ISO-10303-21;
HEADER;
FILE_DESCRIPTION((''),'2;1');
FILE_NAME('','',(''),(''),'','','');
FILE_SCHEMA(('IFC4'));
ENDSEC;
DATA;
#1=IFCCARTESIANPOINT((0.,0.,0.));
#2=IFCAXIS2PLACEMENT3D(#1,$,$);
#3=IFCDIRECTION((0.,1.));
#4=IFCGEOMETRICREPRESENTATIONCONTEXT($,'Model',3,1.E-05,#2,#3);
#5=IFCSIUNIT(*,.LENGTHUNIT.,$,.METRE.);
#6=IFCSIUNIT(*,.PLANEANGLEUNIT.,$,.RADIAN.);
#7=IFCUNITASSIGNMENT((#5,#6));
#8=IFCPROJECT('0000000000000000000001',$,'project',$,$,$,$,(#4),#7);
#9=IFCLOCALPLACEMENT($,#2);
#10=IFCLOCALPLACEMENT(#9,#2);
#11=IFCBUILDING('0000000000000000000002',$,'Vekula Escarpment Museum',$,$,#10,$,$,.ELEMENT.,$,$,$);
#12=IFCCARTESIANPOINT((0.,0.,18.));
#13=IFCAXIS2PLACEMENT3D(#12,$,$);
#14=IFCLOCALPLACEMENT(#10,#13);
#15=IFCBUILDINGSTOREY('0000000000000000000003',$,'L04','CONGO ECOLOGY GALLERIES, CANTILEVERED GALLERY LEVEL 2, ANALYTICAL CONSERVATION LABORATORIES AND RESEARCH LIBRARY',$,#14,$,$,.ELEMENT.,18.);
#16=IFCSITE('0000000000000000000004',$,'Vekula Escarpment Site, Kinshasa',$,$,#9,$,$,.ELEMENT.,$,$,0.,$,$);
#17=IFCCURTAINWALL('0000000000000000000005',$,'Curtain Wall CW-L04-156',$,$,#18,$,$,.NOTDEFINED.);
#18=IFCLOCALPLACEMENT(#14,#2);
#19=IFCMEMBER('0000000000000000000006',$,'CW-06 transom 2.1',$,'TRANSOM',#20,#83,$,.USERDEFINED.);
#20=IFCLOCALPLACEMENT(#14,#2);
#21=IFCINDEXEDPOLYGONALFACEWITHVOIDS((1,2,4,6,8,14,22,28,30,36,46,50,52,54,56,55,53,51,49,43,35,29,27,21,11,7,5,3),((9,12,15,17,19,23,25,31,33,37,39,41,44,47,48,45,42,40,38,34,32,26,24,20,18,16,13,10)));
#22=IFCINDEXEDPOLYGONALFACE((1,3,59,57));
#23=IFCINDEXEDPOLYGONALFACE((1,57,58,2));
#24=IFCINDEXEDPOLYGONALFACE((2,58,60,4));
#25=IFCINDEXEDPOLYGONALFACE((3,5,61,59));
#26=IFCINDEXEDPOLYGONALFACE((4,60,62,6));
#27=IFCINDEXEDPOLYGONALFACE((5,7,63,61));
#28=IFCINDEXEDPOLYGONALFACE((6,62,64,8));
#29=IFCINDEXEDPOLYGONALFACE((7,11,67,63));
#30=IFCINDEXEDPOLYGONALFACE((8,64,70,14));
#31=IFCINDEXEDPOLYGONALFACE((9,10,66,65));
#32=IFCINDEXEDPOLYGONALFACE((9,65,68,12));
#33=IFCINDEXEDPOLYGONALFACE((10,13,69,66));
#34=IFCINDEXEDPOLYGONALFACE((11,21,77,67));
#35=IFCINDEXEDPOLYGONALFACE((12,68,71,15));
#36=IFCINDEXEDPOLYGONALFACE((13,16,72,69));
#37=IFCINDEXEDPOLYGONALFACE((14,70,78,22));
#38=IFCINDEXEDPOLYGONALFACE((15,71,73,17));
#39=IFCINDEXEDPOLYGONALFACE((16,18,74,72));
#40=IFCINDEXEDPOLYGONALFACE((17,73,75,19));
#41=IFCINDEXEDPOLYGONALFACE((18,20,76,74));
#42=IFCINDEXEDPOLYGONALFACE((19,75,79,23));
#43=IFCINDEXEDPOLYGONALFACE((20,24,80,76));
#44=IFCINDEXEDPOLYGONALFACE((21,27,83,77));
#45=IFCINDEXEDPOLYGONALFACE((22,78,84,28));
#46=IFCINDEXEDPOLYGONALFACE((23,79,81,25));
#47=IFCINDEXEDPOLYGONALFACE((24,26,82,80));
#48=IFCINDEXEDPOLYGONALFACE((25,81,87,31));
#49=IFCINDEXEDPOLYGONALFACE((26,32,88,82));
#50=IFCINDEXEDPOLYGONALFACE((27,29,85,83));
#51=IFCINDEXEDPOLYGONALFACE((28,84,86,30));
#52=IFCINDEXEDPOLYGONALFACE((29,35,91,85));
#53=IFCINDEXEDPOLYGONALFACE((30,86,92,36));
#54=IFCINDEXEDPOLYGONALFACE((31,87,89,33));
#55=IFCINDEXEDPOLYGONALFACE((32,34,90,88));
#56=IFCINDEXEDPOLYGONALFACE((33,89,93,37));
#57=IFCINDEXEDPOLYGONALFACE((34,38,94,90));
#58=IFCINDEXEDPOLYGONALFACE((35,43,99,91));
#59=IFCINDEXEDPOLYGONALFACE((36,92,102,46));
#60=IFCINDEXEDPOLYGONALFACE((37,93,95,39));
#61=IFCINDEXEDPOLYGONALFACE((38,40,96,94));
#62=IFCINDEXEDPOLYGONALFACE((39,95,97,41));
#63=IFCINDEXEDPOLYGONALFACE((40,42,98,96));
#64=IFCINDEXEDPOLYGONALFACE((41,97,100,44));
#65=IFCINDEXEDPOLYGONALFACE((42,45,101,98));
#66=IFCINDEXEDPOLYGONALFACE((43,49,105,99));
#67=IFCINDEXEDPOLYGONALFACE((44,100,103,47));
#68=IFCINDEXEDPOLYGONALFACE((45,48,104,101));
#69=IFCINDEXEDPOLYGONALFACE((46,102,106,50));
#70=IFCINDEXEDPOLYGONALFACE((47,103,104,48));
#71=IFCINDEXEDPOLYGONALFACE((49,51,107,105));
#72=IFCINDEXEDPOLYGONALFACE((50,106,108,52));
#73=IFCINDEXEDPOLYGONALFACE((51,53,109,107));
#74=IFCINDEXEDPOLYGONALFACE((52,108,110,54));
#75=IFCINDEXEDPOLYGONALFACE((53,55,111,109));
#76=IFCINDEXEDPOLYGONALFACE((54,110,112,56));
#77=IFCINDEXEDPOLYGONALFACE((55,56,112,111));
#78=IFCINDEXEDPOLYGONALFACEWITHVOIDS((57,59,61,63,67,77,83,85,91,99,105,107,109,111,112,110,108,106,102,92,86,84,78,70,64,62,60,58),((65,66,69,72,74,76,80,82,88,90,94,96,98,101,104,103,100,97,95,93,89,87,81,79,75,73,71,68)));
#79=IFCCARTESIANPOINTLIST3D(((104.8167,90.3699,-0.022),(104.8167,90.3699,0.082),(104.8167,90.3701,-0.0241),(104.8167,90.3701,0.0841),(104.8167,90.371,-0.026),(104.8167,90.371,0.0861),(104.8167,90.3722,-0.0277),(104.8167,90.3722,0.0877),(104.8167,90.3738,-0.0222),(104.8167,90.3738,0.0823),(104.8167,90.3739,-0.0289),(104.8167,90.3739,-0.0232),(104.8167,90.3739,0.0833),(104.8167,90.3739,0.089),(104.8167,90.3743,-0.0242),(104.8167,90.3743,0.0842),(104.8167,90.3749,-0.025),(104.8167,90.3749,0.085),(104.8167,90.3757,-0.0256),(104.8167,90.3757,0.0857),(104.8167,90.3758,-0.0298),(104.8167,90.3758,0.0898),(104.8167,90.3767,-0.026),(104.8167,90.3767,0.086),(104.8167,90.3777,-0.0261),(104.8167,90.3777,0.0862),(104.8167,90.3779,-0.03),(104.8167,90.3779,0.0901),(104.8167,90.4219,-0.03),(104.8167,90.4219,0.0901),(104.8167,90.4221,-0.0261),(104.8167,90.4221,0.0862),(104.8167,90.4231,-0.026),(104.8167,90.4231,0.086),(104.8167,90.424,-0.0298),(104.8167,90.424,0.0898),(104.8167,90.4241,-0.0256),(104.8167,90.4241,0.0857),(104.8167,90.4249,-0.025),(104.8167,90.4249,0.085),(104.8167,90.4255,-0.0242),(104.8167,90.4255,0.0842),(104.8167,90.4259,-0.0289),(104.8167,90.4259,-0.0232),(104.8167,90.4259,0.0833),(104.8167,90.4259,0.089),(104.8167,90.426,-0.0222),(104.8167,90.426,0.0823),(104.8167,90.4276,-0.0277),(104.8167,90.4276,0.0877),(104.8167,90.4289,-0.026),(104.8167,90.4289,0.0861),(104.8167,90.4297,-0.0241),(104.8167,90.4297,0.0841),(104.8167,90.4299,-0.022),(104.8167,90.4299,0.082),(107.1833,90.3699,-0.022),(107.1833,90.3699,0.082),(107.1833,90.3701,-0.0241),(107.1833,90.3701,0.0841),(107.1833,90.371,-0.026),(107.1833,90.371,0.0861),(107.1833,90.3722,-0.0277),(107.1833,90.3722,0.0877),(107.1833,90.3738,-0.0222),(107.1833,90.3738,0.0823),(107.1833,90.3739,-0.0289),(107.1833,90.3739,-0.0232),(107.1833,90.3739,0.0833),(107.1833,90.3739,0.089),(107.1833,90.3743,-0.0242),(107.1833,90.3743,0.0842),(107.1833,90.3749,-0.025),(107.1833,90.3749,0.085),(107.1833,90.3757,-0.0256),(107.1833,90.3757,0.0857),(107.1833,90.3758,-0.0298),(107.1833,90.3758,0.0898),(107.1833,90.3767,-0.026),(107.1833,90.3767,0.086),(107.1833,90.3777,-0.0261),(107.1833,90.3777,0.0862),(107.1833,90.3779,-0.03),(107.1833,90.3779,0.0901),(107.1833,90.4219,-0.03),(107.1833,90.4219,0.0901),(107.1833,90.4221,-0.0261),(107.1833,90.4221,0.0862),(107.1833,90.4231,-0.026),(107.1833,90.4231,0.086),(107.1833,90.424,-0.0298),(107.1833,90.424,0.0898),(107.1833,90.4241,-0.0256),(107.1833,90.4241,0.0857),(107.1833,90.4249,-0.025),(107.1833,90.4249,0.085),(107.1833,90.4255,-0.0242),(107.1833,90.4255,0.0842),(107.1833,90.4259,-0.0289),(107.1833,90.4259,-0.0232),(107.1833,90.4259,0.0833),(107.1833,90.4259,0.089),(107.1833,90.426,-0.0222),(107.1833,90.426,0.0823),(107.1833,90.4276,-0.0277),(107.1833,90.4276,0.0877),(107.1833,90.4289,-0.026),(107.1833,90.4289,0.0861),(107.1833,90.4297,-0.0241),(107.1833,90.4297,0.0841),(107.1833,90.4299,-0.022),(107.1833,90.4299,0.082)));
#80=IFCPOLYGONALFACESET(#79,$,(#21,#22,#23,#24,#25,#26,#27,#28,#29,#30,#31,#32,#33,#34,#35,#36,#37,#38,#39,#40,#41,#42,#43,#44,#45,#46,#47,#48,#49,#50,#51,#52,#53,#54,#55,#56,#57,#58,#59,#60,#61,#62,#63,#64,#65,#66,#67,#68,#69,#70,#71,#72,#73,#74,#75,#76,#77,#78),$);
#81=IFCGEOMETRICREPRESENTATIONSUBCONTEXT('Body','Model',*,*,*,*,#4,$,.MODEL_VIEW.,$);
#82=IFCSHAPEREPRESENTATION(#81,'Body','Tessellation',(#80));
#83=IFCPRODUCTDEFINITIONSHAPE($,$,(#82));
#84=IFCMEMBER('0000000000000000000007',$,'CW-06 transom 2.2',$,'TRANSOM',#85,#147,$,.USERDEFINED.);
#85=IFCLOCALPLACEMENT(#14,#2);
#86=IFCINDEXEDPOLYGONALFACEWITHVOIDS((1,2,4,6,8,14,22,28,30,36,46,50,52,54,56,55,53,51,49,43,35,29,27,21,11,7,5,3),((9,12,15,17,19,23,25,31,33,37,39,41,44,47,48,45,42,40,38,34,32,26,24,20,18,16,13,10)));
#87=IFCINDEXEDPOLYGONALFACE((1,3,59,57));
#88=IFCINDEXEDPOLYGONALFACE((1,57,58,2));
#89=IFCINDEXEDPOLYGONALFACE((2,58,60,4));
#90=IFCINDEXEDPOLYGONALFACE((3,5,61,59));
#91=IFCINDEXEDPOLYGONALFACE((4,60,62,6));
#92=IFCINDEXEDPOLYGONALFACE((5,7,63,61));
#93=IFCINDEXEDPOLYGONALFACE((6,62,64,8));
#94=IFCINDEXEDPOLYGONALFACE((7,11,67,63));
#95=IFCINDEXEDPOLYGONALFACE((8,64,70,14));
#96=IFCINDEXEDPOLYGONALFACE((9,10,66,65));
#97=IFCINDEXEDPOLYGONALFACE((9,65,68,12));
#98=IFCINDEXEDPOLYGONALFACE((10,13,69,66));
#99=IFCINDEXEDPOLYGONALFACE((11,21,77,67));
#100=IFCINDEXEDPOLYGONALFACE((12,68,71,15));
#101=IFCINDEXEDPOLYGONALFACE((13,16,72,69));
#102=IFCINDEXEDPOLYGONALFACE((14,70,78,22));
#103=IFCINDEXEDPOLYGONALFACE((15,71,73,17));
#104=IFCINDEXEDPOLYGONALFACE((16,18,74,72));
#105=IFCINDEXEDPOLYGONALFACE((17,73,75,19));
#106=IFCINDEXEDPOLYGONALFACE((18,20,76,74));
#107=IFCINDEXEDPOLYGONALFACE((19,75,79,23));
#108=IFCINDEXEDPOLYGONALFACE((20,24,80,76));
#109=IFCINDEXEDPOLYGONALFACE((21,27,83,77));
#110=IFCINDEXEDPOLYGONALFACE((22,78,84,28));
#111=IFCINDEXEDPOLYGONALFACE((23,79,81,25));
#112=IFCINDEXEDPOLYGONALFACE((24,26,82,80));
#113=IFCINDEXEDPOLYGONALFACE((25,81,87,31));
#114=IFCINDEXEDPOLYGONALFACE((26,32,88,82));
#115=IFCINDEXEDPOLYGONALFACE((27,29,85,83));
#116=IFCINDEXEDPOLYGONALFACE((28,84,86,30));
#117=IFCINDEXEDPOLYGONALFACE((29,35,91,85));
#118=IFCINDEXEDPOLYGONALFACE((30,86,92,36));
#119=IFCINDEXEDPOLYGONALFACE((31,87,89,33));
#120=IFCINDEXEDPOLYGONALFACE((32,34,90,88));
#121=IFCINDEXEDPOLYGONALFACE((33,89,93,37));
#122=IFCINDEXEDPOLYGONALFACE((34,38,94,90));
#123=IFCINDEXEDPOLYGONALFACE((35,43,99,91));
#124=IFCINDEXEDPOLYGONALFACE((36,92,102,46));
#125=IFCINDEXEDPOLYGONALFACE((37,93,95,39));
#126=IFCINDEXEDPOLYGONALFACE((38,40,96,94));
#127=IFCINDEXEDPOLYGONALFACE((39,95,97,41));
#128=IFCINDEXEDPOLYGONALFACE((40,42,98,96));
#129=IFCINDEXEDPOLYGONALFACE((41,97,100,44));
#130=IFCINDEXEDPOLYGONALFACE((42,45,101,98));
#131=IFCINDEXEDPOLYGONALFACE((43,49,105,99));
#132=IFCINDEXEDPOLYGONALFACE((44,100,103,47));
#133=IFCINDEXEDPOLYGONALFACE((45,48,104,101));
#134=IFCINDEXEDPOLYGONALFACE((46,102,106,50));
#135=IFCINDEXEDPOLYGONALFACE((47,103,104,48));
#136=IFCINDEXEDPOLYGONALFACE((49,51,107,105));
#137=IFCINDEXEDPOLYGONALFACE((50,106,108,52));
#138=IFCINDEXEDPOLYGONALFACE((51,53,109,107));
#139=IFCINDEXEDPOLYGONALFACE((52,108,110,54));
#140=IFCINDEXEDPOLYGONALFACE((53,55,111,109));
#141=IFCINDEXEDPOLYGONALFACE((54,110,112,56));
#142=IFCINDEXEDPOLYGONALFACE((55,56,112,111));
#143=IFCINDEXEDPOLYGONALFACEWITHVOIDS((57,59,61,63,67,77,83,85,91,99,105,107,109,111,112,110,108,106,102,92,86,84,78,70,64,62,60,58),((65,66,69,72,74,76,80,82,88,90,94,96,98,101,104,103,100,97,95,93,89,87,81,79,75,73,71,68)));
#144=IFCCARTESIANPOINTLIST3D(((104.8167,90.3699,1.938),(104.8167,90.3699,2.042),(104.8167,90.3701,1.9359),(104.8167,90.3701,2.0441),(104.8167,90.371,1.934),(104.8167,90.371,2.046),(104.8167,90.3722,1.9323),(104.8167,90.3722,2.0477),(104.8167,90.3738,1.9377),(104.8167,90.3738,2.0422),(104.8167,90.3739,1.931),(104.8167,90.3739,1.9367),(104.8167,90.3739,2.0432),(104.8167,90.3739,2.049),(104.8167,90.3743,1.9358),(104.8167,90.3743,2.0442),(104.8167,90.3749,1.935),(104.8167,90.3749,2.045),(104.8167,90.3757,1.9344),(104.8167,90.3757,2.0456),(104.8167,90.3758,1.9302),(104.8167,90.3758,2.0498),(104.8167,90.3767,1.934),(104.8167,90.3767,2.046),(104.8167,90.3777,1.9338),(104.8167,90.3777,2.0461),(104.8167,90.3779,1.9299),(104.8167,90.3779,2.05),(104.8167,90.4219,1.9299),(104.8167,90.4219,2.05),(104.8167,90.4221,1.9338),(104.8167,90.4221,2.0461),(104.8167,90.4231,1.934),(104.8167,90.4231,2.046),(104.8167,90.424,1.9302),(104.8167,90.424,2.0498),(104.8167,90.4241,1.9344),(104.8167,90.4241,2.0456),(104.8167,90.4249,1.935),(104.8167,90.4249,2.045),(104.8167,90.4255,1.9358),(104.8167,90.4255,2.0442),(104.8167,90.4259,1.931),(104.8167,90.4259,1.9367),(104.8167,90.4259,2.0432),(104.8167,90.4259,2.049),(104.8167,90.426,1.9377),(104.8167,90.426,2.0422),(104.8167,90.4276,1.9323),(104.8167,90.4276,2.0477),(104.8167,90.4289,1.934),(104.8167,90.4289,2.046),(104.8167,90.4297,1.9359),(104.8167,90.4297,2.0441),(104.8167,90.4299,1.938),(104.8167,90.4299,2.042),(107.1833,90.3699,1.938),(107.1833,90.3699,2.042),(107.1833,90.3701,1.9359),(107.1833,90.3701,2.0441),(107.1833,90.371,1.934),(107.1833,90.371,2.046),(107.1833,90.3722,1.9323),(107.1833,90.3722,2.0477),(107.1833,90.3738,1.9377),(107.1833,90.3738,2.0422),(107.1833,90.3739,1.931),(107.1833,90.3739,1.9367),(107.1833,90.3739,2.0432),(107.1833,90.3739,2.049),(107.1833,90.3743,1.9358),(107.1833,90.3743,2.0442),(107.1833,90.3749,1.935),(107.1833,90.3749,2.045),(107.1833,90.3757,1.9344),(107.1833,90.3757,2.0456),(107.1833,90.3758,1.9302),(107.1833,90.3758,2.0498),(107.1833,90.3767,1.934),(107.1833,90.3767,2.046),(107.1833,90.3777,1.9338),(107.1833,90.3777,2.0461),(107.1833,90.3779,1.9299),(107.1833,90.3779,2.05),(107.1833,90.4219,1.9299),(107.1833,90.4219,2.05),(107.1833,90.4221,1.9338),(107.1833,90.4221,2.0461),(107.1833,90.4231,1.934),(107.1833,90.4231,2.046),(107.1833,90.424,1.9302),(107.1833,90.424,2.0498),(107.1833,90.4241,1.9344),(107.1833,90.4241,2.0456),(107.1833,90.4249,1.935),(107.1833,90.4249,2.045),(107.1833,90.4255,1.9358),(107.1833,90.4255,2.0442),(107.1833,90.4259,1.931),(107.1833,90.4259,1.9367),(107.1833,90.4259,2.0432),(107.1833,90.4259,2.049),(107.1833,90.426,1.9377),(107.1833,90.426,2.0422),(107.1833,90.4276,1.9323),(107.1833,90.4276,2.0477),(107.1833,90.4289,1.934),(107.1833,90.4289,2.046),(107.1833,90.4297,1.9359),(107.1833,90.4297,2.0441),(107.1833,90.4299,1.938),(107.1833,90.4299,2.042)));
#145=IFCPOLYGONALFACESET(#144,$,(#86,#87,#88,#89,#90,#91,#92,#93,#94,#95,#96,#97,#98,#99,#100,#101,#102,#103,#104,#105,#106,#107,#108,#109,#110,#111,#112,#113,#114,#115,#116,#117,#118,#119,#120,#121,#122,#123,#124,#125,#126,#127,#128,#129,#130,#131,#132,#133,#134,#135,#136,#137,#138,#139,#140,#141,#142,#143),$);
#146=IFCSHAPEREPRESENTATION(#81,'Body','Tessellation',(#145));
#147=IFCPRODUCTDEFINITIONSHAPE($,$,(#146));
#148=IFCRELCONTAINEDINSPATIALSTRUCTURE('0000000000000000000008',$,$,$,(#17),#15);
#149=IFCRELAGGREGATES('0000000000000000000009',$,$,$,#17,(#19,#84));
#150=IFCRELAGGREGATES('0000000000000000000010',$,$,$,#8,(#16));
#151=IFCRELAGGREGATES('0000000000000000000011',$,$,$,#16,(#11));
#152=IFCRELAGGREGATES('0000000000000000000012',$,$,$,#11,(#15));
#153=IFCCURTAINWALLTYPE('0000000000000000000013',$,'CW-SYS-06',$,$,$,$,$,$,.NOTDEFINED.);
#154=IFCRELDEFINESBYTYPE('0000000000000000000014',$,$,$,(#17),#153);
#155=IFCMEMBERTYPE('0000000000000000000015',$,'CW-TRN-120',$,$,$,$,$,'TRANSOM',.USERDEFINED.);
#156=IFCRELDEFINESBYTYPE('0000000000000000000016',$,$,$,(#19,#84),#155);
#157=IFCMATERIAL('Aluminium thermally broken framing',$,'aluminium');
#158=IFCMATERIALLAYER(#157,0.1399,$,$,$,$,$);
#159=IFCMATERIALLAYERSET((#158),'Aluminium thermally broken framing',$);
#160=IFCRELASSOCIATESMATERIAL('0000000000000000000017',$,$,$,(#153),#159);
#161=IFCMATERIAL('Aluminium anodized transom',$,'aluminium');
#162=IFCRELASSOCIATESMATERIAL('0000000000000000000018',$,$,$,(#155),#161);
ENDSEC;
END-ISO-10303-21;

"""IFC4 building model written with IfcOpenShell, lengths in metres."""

from ifc_helpers import new_model, si_unit, direction, frame, origin, origin_2d, place, context, subcontext, project, spatial, hollow_rectangle, extrude, material, layer, layer_set, material_profile, profile_set, type_object, element, aggregate, save


model = new_model("IFC4")

# Units and contexts
model_context = context("Model", 3, precision=1e-05, world=origin(), true_north=direction((0.0, 1.0)))
body_context = subcontext(model_context, "Body", "Model", "MODEL_VIEW")
ifc_project = project(units=[si_unit("LENGTHUNIT", "METRE"), si_unit("PLANEANGLEUNIT", "RADIAN")], contexts=[model_context])

# Site, building, storey
site_placement = place(None, origin())
site = spatial("IfcSite", under=ifc_project, at=site_placement, Name="Vekula Escarpment Site, Kinshasa", CompositionType="ELEMENT", RefElevation=0.0)
building_placement = place(site_placement, origin())
building = spatial("IfcBuilding", under=site, at=building_placement, Name="Vekula Escarpment Museum", CompositionType="ELEMENT")
storey_placement = place(building_placement, frame((0.0, 0.0, 18.0)))
storey = spatial("IfcBuildingStorey", under=building, at=storey_placement, Name="L04", Description="CONGO ECOLOGY GALLERIES, CANTILEVERED GALLERY LEVEL 2, ANALYTICAL CONSERVATION LABORATORIES AND RESEARCH LIBRARY", CompositionType="ELEMENT", Elevation=18.0)

# Curtain wall, members
ifc_material_1 = material(Name="Aluminium thermally broken framing", Category="aluminium")
ifc_layer_1 = layer(ifc_material_1, 0.1399)
ifc_layer_set_1 = layer_set([ifc_layer_1], Name="Aluminium thermally broken framing")
curtain_wall_type_1 = type_object("IfcCurtainWallType", Name="CW-SYS-06", PredefinedType="NOTDEFINED", material=ifc_layer_set_1)
curtain_wall_1_placement = place(storey_placement, origin())
curtain_wall_1 = element("IfcCurtainWall", 1, at=curtain_wall_1_placement, inside=storey, type_object=curtain_wall_type_1, Name="Curtain Wall CW-L04-156", PredefinedType="NOTDEFINED")
ifc_material_2 = material(Name="Aluminium anodized transom", Category="aluminium")
ifc_material_profile_1 = material_profile(ifc_material_2, hollow_rectangle(XDim=0.0601, YDim=0.1201, WallThickness=0.0039, InnerFilletRadius=0.0039, OuterFilletRadius=0.0081, at=origin_2d()), Name="ALU 120x60x4")
ifc_profile_set_1 = profile_set([ifc_material_profile_1], Name="Aluminium anodized transom")
member_type_1 = type_object("IfcMemberType", Name="CW-TRN-120", ElementType="TRANSOM", PredefinedType="USERDEFINED", material=ifc_profile_set_1)
member_1_placement = place(storey_placement, frame((107.1833, 90.3999, 0.03), z_axis=(-1.0, 0.0, 0.0), x_axis=(0.0, -1.0, 0.0)))
member_1 = element("IfcMember", 2, at=member_1_placement, type_object=member_type_1, Name="CW-06 transom 2.1", ObjectType="TRANSOM", PredefinedType="USERDEFINED", context=body_context, shape_type="SweptSolid", body=[
    extrude(hollow_rectangle(XDim=0.0601, YDim=0.1201, WallThickness=0.0039, InnerFilletRadius=0.0039, OuterFilletRadius=0.0081, at=origin_2d()), origin(), (0.0, 0.0, 1.0), 2.3667),
])
member_2_placement = place(storey_placement, frame((107.1833, 90.3999, 1.99), z_axis=(-1.0, 0.0, 0.0), x_axis=(0.0, -1.0, 0.0)))
member_2 = element("IfcMember", 3, at=member_2_placement, type_object=member_type_1, Name="CW-06 transom 2.2", ObjectType="TRANSOM", PredefinedType="USERDEFINED", context=body_context, shape_type="SweptSolid", body=[
    extrude(hollow_rectangle(XDim=0.0601, YDim=0.1201, WallThickness=0.0039, InnerFilletRadius=0.0039, OuterFilletRadius=0.0081, at=origin_2d()), origin(), (0.0, 0.0, 1.0), 2.3667),
])

aggregate(curtain_wall_1, [member_1, member_2])

save(model, "model.ifc")
